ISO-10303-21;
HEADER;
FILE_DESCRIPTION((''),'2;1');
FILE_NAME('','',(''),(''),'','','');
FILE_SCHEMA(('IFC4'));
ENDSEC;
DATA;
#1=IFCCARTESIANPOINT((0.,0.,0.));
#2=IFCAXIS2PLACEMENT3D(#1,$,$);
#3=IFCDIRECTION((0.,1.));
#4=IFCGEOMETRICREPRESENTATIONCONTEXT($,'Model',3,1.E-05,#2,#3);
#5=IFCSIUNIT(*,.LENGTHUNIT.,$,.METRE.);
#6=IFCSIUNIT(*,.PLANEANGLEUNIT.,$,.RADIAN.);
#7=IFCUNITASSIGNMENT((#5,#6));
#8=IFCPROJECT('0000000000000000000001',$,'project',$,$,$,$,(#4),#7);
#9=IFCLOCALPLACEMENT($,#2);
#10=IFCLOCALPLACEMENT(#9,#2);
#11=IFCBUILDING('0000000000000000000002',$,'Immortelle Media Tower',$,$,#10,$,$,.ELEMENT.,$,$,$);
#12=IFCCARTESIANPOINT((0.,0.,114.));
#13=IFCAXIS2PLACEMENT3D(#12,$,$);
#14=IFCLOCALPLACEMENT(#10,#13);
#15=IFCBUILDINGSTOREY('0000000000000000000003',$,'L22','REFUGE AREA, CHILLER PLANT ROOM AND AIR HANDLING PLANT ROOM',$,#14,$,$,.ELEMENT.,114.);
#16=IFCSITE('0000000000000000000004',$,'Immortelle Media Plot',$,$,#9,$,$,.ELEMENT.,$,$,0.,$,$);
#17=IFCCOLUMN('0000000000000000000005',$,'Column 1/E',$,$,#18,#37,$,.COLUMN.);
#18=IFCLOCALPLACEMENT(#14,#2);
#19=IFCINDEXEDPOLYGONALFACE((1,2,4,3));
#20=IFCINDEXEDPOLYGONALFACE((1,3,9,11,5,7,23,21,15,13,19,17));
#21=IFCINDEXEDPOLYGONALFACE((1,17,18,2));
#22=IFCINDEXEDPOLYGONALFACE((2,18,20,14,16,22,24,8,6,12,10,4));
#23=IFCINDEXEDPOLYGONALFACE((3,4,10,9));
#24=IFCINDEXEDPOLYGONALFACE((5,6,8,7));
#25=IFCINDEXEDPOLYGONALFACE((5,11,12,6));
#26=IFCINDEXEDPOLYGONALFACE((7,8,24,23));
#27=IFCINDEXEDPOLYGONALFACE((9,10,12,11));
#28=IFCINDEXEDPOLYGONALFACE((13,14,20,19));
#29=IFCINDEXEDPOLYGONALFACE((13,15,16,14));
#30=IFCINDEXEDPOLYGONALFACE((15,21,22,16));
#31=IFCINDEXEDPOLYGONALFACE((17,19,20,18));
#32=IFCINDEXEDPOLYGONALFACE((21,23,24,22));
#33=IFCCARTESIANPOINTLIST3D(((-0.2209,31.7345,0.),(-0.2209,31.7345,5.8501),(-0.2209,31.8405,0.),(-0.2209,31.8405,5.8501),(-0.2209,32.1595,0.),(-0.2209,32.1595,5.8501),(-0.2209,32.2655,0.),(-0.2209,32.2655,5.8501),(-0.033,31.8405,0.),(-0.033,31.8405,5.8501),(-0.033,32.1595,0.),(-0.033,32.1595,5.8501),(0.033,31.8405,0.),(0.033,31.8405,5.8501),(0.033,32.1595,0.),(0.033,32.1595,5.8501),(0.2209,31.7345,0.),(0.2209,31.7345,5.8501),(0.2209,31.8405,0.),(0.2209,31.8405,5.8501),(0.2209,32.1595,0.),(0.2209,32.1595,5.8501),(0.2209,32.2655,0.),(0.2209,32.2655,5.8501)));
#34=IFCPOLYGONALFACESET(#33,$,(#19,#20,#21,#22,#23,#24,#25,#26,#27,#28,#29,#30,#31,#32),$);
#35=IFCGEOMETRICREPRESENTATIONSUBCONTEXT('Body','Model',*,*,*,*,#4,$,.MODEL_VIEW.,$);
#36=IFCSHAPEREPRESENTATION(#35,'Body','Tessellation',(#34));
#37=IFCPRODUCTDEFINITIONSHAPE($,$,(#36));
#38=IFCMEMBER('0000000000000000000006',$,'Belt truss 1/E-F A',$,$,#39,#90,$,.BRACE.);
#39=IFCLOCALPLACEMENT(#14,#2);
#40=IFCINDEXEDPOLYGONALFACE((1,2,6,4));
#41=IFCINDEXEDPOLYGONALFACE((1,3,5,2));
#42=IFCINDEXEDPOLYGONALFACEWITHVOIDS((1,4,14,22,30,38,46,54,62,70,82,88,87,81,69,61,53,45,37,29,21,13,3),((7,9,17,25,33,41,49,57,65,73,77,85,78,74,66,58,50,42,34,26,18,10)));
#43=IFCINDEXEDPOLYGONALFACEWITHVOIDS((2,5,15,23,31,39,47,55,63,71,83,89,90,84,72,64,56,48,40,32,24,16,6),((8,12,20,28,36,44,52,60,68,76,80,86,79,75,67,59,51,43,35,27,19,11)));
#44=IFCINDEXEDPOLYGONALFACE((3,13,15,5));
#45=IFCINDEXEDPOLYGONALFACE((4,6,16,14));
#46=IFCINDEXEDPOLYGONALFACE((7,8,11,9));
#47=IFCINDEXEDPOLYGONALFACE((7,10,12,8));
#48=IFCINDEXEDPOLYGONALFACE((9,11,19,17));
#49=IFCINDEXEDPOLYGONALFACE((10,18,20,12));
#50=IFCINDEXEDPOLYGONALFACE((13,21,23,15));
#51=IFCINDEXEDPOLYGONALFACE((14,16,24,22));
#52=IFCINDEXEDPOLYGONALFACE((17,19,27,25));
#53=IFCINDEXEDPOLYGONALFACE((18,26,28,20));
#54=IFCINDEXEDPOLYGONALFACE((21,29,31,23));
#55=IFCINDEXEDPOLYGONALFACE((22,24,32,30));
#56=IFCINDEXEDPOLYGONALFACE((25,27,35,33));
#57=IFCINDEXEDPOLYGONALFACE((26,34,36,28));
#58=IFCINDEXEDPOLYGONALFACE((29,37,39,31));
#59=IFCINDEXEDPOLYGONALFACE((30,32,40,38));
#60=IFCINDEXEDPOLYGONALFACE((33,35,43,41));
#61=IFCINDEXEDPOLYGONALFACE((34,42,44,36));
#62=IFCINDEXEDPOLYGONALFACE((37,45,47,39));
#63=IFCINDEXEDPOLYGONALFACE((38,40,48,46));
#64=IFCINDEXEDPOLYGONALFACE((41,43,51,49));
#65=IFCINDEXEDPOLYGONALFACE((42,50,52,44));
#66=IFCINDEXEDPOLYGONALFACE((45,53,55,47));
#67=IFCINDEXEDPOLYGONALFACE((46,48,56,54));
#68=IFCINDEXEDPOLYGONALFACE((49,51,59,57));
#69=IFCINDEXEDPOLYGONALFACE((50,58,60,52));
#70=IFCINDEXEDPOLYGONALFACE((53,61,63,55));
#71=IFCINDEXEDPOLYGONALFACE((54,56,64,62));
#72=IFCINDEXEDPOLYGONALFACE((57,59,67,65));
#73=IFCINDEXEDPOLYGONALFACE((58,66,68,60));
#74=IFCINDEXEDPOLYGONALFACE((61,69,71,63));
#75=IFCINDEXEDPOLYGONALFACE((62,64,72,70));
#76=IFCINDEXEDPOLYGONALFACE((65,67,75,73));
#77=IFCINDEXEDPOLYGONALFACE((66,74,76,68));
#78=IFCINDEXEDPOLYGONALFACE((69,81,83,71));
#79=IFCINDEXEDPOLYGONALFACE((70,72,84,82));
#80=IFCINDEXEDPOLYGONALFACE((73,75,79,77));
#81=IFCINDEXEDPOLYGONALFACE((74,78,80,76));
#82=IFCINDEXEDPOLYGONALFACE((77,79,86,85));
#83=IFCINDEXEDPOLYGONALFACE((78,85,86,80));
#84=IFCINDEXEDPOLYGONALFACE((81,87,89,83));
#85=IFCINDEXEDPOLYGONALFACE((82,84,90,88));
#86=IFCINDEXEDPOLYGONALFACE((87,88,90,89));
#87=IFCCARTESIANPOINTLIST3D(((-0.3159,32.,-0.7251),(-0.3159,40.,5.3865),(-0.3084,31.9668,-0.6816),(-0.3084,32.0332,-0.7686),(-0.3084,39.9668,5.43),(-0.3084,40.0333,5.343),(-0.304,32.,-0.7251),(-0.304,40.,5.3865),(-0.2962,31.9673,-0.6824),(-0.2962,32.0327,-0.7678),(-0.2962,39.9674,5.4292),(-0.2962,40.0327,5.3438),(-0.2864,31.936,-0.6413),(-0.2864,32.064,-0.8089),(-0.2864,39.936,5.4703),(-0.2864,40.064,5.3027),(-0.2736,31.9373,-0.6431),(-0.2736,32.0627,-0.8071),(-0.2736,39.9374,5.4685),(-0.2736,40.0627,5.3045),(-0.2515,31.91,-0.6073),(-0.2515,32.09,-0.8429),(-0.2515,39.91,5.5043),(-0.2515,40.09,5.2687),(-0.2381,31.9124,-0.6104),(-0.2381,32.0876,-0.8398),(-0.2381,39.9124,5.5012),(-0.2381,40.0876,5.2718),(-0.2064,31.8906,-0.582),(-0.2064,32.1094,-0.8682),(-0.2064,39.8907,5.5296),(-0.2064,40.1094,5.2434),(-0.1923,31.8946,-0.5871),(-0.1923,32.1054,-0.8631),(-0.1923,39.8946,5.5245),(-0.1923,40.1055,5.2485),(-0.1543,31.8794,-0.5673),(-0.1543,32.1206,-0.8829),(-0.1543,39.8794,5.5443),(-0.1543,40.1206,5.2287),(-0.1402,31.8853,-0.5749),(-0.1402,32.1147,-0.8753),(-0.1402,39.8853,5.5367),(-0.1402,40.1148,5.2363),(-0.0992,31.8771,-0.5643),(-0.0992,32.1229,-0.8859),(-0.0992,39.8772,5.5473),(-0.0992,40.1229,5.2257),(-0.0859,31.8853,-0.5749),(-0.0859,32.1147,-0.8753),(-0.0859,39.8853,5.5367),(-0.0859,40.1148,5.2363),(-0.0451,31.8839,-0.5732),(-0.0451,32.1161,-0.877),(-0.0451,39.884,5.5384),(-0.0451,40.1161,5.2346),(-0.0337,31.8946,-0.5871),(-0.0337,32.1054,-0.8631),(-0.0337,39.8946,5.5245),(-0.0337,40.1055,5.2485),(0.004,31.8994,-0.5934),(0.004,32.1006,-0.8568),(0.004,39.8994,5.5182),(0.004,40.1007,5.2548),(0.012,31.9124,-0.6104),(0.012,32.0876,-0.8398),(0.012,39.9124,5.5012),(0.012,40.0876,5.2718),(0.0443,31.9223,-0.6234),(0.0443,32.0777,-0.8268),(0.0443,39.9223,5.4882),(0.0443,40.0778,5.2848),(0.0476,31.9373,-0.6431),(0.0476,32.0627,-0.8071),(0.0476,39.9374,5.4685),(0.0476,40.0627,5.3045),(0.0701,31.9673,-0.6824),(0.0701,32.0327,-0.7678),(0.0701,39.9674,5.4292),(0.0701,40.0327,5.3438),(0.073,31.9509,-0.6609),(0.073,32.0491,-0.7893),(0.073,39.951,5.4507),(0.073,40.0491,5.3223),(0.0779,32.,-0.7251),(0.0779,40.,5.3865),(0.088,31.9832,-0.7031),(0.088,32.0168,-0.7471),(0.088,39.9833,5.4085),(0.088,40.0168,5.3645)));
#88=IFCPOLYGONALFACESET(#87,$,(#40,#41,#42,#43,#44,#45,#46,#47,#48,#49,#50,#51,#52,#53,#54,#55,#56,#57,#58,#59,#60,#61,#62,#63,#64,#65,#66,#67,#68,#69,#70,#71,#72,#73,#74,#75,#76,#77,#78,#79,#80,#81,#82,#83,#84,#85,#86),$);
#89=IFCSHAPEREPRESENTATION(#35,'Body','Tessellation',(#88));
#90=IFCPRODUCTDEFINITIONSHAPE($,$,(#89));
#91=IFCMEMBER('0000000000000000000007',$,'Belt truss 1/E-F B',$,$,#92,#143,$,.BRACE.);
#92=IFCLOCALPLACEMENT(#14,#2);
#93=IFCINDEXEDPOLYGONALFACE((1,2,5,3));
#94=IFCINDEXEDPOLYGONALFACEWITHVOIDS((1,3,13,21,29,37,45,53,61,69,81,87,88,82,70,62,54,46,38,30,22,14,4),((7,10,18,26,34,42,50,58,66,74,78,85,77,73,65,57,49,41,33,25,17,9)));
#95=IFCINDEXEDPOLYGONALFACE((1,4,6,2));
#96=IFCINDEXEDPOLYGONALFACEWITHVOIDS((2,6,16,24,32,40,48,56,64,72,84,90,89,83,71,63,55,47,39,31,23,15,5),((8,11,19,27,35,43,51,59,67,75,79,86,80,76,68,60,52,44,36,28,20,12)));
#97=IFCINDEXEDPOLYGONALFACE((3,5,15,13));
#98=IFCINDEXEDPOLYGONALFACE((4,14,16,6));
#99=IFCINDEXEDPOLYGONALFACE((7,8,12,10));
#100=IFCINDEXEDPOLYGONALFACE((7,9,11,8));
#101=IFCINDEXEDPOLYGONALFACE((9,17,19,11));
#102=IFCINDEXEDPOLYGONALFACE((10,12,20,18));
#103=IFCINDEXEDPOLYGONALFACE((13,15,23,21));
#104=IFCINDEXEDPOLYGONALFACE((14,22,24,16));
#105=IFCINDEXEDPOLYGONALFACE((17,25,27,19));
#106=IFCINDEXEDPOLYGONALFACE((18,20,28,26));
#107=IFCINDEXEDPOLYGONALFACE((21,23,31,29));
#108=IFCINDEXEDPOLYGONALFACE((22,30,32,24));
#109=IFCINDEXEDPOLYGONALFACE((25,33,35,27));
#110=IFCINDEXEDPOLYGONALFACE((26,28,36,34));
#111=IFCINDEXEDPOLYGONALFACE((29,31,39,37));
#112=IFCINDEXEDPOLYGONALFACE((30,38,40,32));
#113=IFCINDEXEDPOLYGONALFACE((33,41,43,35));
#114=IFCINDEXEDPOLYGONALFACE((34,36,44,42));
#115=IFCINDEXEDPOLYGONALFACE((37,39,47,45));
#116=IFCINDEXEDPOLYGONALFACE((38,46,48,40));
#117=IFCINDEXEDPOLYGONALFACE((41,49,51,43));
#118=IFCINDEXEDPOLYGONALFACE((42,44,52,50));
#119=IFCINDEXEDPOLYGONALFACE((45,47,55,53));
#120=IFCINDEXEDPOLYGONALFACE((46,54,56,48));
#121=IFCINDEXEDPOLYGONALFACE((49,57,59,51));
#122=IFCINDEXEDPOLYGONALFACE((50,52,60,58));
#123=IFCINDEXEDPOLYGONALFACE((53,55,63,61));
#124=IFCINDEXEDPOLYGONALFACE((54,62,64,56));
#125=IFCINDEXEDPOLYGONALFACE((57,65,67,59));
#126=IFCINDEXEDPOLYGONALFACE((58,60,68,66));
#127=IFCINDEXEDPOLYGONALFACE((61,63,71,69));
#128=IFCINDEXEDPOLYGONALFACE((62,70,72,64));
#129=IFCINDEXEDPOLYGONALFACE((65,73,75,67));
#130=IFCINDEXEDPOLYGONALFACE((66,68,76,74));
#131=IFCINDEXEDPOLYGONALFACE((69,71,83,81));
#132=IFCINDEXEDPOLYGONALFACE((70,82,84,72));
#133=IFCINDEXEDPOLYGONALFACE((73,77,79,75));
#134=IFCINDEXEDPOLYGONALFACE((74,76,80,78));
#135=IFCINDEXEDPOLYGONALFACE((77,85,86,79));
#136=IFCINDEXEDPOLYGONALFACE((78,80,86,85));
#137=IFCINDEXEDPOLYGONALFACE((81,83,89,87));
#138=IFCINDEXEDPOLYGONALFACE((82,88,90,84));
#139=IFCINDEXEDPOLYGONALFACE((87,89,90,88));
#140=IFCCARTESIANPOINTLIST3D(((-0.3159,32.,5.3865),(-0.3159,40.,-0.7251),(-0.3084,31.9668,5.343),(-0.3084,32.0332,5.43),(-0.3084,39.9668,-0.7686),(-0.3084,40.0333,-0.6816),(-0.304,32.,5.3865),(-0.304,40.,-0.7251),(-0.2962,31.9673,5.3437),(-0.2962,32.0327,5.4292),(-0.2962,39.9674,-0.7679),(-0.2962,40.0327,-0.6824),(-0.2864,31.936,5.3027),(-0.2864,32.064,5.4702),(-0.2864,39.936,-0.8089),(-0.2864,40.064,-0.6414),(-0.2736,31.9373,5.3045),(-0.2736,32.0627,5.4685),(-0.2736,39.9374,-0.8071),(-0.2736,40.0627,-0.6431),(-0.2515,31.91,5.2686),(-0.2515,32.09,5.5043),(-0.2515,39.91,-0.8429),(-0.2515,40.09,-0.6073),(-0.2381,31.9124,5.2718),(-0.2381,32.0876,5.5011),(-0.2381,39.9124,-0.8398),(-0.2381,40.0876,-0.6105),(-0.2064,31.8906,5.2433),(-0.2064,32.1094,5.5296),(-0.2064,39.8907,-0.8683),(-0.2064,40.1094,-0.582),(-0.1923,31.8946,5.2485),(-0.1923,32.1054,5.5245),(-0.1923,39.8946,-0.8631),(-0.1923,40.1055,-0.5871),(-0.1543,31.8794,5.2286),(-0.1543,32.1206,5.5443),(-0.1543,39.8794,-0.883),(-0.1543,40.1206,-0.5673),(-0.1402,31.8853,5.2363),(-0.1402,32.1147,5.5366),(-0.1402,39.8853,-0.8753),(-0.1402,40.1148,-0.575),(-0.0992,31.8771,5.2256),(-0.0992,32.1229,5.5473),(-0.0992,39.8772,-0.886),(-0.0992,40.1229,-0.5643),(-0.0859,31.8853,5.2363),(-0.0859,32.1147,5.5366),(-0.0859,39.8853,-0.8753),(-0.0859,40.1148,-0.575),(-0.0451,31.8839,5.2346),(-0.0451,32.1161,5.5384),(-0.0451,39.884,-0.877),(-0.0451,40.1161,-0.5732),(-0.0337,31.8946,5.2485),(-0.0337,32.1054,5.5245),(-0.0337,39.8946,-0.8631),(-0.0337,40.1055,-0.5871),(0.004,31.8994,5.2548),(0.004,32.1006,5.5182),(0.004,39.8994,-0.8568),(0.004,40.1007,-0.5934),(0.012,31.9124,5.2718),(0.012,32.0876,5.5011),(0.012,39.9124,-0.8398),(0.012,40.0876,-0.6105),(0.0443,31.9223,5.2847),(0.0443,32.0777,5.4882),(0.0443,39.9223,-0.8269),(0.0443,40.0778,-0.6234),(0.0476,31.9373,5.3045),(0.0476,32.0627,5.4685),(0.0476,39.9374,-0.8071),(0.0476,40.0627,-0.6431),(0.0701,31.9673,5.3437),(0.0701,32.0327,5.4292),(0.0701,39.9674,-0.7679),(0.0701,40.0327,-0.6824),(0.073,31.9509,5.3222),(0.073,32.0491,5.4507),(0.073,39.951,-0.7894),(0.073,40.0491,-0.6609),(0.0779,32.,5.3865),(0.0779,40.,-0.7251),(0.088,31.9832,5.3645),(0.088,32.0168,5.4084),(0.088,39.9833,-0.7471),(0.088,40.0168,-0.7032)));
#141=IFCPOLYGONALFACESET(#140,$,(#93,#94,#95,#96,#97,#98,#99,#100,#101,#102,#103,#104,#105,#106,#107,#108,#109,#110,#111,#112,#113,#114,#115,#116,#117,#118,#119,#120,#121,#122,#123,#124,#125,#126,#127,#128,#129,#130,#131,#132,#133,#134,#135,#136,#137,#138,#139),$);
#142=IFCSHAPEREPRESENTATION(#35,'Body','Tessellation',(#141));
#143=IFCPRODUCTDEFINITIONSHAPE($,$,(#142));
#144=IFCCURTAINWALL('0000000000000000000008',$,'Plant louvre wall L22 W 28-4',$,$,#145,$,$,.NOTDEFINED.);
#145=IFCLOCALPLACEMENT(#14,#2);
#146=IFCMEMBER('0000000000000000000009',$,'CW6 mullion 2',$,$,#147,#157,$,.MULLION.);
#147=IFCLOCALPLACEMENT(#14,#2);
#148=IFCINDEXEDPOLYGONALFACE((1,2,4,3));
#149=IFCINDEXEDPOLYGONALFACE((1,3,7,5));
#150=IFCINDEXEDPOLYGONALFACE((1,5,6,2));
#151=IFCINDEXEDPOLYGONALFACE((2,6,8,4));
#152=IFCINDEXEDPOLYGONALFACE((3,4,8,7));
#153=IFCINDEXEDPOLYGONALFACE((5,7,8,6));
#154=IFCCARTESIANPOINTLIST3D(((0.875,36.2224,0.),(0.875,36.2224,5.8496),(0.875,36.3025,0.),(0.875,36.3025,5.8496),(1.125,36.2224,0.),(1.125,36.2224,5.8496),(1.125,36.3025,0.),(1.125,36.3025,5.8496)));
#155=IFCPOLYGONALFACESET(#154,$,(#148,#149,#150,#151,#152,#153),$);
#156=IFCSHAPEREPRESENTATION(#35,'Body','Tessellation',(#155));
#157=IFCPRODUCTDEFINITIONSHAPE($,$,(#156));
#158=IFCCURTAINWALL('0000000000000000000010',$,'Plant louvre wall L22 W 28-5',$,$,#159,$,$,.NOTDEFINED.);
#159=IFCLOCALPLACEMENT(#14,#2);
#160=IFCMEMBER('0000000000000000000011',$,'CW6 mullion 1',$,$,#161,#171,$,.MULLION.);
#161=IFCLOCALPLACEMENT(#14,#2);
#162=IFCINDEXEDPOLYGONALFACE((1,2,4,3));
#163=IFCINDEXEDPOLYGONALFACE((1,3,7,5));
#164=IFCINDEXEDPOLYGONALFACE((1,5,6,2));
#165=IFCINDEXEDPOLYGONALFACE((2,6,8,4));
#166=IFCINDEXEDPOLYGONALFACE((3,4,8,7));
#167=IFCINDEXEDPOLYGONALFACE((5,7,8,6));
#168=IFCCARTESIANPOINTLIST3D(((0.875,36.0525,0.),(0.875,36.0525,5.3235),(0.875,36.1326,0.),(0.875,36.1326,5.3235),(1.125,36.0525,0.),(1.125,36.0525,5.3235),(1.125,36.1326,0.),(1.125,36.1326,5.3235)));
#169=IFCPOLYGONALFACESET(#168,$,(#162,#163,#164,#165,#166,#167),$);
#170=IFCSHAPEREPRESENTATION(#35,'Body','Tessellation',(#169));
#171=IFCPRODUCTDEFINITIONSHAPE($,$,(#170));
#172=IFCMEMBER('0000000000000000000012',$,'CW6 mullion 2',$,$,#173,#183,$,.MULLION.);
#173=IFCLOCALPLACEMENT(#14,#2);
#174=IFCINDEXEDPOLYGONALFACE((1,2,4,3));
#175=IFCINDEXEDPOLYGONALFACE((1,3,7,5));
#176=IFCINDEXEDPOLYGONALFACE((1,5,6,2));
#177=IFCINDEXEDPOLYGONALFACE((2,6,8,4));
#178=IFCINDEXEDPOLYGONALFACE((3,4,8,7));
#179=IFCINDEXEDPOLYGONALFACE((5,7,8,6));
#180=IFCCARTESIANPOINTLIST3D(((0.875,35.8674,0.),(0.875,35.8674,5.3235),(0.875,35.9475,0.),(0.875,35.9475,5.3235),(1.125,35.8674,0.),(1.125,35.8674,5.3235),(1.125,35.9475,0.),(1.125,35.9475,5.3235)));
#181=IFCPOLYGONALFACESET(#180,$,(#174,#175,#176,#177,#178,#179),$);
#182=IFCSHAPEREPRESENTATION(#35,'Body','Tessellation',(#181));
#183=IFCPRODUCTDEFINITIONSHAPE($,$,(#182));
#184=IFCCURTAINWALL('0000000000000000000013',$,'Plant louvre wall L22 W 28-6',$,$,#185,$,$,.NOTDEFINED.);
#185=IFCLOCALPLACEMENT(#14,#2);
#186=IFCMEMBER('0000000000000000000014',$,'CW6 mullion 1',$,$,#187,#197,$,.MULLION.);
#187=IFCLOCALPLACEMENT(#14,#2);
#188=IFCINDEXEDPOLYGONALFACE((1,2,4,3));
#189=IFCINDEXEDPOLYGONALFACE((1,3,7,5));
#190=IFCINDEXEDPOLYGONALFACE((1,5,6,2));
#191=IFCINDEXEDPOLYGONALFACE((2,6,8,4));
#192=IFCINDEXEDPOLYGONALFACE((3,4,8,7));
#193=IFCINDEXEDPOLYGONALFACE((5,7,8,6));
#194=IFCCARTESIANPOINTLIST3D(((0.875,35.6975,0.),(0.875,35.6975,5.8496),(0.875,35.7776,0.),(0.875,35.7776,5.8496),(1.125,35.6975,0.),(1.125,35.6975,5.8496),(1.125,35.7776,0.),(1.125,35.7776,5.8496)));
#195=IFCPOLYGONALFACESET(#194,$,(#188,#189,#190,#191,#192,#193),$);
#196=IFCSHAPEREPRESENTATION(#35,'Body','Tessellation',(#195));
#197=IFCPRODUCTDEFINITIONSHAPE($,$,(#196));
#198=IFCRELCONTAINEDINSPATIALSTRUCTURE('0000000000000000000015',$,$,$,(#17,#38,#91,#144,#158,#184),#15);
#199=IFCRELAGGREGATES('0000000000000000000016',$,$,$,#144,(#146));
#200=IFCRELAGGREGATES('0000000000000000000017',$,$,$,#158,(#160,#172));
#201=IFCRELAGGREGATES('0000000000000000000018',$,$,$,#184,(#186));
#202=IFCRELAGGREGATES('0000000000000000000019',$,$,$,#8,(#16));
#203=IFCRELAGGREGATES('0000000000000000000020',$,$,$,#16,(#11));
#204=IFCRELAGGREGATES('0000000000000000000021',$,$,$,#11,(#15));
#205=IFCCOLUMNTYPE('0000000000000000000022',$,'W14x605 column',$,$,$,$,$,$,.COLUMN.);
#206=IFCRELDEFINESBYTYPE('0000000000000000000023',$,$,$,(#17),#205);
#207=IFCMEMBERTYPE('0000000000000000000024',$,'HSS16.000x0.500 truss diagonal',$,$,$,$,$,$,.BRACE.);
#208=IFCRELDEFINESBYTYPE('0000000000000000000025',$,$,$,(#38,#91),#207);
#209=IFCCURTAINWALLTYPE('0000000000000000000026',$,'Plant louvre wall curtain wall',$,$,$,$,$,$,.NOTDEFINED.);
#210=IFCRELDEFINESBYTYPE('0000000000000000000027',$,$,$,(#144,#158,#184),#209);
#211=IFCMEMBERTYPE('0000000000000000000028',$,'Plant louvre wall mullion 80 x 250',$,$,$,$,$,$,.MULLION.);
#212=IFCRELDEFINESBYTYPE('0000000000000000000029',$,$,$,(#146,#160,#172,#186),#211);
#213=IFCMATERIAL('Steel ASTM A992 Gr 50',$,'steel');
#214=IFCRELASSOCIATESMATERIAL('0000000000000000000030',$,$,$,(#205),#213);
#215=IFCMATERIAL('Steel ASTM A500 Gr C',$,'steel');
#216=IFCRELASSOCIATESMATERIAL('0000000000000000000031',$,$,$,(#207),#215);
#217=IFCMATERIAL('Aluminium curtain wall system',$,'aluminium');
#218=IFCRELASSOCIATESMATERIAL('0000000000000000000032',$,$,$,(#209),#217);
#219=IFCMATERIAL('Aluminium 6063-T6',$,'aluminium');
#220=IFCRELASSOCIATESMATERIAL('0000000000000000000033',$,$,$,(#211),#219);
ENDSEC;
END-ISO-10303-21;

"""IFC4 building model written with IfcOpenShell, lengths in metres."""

from ifc_helpers import new_model, si_unit, direction, frame, origin, origin_2d, place, context, subcontext, project, spatial, rectangle, hollow_circle, i_section, extrude, material, material_profile, profile_set, type_object, element, aggregate, save


model = new_model("IFC4")

# Units and contexts
model_context = context("Model", 3, precision=1e-05, world=origin(), true_north=direction((0.0, 1.0)))
body_context = subcontext(model_context, "Body", "Model", "MODEL_VIEW")
ifc_project = project(units=[si_unit("LENGTHUNIT", "METRE"), si_unit("PLANEANGLEUNIT", "RADIAN")], contexts=[model_context])

# Site, building, storey
site_placement = place(None, origin())
site = spatial("IfcSite", under=ifc_project, at=site_placement, Name="Immortelle Media Plot", CompositionType="ELEMENT", RefElevation=0.0)
building_placement = place(site_placement, origin())
building = spatial("IfcBuilding", under=site, at=building_placement, Name="Immortelle Media Tower", CompositionType="ELEMENT")
storey_placement = place(building_placement, frame((0.0, 0.0, 114.0)))
storey = spatial("IfcBuildingStorey", under=building, at=storey_placement, Name="L22", Description="REFUGE AREA, CHILLER PLANT ROOM AND AIR HANDLING PLANT ROOM", CompositionType="ELEMENT", Elevation=114.0)

# Column
ifc_material_1 = material(Name="Steel ASTM A992 Gr 50", Category="steel")
ifc_material_profile_1 = material_profile(ifc_material_1, i_section(OverallWidth=0.4419, OverallDepth=0.531, WebThickness=0.0659, FlangeThickness=0.106, at=origin_2d()), Name="W14x605")
ifc_profile_set_1 = profile_set([ifc_material_profile_1], Name="Steel ASTM A992 Gr 50")
column_type = type_object("IfcColumnType", Name="W14x605 column", PredefinedType="COLUMN", material=ifc_profile_set_1)
column_placement = place(storey_placement, frame((0.0, 32.0, 0.0), z_axis=(0.0, 0.0, 1.0), x_axis=(1.0, 0.0, 0.0)))
element("IfcColumn", 1, at=column_placement, inside=storey, type_object=column_type, Name="Column 1/E", PredefinedType="COLUMN", context=body_context, shape_type="SweptSolid", body=[
    extrude(i_section(OverallWidth=0.4419, OverallDepth=0.531, WebThickness=0.0659, FlangeThickness=0.106, at=origin_2d()), origin(), (0.0, 0.0, 1.0), 5.8501),
])

# Members
ifc_material_2 = material(Name="Steel ASTM A500 Gr C", Category="steel")
ifc_material_profile_2 = material_profile(ifc_material_2, hollow_circle(Radius=0.2029, WallThickness=0.012, at=origin_2d()), Name="HSS16.000x0.500 truss diagonal")
ifc_profile_set_2 = profile_set([ifc_material_profile_2], Name="Steel ASTM A500 Gr C")
member_type_1 = type_object("IfcMemberType", Name="HSS16.000x0.500 truss diagonal", PredefinedType="BRACE", material=ifc_profile_set_2)
for number, where, z_axis, x_axis, name in (
    (2, (-0.113, 32.0, -0.7251), (0.0, 0.794649, 0.607069), (-1.0, 0.0, 0.0), "Belt truss 1/E-F A"),
    (3, (-0.113, 32.0, 5.3865), (0.0, 0.794649, -0.607069), (-1.0, 0.0, 0.0), "Belt truss 1/E-F B"),
):
    element("IfcMember", number, at=place(storey_placement, frame(where, z_axis=z_axis, x_axis=x_axis)), inside=storey, type_object=member_type_1, Name=name, PredefinedType="BRACE", context=body_context, shape_type="SweptSolid", body=[
        extrude(hollow_circle(Radius=0.2029, WallThickness=0.012, at=origin_2d()), origin(), (0.0, 0.0, 1.0), 10.0674),
    ])

# Curtain wall, member
ifc_material_3 = material(Name="Aluminium curtain wall system", Category="aluminium")
curtain_wall_type = type_object("IfcCurtainWallType", Name="Plant louvre wall curtain wall", PredefinedType="NOTDEFINED", material=ifc_material_3)
curtain_wall_1_placement = place(storey_placement, origin())
curtain_wall_1 = element("IfcCurtainWall", 4, at=curtain_wall_1_placement, inside=storey, type_object=curtain_wall_type, Name="Plant louvre wall L22 W 28-4", PredefinedType="NOTDEFINED")
ifc_material_4 = material(Name="Aluminium 6063-T6", Category="aluminium")
ifc_material_profile_3 = material_profile(ifc_material_4, rectangle(XDim=0.25, YDim=0.0801, at=origin_2d()), Name="AL 80x250")
ifc_profile_set_3 = profile_set([ifc_material_profile_3], Name="Aluminium 6063-T6")
member_type_2 = type_object("IfcMemberType", Name="Plant louvre wall mullion 80 x 250", PredefinedType="MULLION", material=ifc_profile_set_3)
member_1_placement = place(storey_placement, frame((1.0, 36.2625, 0.0), z_axis=(0.0, 0.0, 1.0), x_axis=(1.0, 0.0, 0.0)))
member_1 = element("IfcMember", 5, at=member_1_placement, type_object=member_type_2, Name="CW6 mullion 2", PredefinedType="MULLION", context=body_context, shape_type="SweptSolid", body=[
    extrude(rectangle(XDim=0.25, YDim=0.0801, at=origin_2d()), origin(), (0.0, 0.0, 1.0), 5.8496),
])
aggregate(curtain_wall_1, [member_1])

# Curtain walls, members
curtain_wall_2_placement = place(storey_placement, origin())
curtain_wall_2 = element("IfcCurtainWall", 6, at=curtain_wall_2_placement, inside=storey, type_object=curtain_wall_type, Name="Plant louvre wall L22 W 28-5", PredefinedType="NOTDEFINED")
member_2_placement = place(storey_placement, frame((1.0, 36.0925, 0.0), z_axis=(0.0, 0.0, 1.0), x_axis=(1.0, 0.0, 0.0)))
member_2 = element("IfcMember", 7, at=member_2_placement, type_object=member_type_2, Name="CW6 mullion 1", PredefinedType="MULLION", context=body_context, shape_type="SweptSolid", body=[
    extrude(rectangle(XDim=0.25, YDim=0.0801, at=origin_2d()), origin(), (0.0, 0.0, 1.0), 5.3235),
])
member_3_placement = place(storey_placement, frame((1.0, 35.9075, 0.0), z_axis=(0.0, 0.0, 1.0), x_axis=(1.0, 0.0, 0.0)))
member_3 = element("IfcMember", 8, at=member_3_placement, type_object=member_type_2, Name="CW6 mullion 2", PredefinedType="MULLION", context=body_context, shape_type="SweptSolid", body=[
    extrude(rectangle(XDim=0.25, YDim=0.0801, at=origin_2d()), origin(), (0.0, 0.0, 1.0), 5.3235),
])
curtain_wall_3_placement = place(storey_placement, origin())
curtain_wall_3 = element("IfcCurtainWall", 9, at=curtain_wall_3_placement, inside=storey, type_object=curtain_wall_type, Name="Plant louvre wall L22 W 28-6", PredefinedType="NOTDEFINED")
member_4_placement = place(storey_placement, frame((1.0, 35.7375, 0.0), z_axis=(0.0, 0.0, 1.0), x_axis=(1.0, 0.0, 0.0)))
member_4 = element("IfcMember", 10, at=member_4_placement, type_object=member_type_2, Name="CW6 mullion 1", PredefinedType="MULLION", context=body_context, shape_type="SweptSolid", body=[
    extrude(rectangle(XDim=0.25, YDim=0.0801, at=origin_2d()), origin(), (0.0, 0.0, 1.0), 5.8496),
])

aggregate(curtain_wall_2, [member_2, member_3])
aggregate(curtain_wall_3, [member_4])

save(model, "model.ifc")
